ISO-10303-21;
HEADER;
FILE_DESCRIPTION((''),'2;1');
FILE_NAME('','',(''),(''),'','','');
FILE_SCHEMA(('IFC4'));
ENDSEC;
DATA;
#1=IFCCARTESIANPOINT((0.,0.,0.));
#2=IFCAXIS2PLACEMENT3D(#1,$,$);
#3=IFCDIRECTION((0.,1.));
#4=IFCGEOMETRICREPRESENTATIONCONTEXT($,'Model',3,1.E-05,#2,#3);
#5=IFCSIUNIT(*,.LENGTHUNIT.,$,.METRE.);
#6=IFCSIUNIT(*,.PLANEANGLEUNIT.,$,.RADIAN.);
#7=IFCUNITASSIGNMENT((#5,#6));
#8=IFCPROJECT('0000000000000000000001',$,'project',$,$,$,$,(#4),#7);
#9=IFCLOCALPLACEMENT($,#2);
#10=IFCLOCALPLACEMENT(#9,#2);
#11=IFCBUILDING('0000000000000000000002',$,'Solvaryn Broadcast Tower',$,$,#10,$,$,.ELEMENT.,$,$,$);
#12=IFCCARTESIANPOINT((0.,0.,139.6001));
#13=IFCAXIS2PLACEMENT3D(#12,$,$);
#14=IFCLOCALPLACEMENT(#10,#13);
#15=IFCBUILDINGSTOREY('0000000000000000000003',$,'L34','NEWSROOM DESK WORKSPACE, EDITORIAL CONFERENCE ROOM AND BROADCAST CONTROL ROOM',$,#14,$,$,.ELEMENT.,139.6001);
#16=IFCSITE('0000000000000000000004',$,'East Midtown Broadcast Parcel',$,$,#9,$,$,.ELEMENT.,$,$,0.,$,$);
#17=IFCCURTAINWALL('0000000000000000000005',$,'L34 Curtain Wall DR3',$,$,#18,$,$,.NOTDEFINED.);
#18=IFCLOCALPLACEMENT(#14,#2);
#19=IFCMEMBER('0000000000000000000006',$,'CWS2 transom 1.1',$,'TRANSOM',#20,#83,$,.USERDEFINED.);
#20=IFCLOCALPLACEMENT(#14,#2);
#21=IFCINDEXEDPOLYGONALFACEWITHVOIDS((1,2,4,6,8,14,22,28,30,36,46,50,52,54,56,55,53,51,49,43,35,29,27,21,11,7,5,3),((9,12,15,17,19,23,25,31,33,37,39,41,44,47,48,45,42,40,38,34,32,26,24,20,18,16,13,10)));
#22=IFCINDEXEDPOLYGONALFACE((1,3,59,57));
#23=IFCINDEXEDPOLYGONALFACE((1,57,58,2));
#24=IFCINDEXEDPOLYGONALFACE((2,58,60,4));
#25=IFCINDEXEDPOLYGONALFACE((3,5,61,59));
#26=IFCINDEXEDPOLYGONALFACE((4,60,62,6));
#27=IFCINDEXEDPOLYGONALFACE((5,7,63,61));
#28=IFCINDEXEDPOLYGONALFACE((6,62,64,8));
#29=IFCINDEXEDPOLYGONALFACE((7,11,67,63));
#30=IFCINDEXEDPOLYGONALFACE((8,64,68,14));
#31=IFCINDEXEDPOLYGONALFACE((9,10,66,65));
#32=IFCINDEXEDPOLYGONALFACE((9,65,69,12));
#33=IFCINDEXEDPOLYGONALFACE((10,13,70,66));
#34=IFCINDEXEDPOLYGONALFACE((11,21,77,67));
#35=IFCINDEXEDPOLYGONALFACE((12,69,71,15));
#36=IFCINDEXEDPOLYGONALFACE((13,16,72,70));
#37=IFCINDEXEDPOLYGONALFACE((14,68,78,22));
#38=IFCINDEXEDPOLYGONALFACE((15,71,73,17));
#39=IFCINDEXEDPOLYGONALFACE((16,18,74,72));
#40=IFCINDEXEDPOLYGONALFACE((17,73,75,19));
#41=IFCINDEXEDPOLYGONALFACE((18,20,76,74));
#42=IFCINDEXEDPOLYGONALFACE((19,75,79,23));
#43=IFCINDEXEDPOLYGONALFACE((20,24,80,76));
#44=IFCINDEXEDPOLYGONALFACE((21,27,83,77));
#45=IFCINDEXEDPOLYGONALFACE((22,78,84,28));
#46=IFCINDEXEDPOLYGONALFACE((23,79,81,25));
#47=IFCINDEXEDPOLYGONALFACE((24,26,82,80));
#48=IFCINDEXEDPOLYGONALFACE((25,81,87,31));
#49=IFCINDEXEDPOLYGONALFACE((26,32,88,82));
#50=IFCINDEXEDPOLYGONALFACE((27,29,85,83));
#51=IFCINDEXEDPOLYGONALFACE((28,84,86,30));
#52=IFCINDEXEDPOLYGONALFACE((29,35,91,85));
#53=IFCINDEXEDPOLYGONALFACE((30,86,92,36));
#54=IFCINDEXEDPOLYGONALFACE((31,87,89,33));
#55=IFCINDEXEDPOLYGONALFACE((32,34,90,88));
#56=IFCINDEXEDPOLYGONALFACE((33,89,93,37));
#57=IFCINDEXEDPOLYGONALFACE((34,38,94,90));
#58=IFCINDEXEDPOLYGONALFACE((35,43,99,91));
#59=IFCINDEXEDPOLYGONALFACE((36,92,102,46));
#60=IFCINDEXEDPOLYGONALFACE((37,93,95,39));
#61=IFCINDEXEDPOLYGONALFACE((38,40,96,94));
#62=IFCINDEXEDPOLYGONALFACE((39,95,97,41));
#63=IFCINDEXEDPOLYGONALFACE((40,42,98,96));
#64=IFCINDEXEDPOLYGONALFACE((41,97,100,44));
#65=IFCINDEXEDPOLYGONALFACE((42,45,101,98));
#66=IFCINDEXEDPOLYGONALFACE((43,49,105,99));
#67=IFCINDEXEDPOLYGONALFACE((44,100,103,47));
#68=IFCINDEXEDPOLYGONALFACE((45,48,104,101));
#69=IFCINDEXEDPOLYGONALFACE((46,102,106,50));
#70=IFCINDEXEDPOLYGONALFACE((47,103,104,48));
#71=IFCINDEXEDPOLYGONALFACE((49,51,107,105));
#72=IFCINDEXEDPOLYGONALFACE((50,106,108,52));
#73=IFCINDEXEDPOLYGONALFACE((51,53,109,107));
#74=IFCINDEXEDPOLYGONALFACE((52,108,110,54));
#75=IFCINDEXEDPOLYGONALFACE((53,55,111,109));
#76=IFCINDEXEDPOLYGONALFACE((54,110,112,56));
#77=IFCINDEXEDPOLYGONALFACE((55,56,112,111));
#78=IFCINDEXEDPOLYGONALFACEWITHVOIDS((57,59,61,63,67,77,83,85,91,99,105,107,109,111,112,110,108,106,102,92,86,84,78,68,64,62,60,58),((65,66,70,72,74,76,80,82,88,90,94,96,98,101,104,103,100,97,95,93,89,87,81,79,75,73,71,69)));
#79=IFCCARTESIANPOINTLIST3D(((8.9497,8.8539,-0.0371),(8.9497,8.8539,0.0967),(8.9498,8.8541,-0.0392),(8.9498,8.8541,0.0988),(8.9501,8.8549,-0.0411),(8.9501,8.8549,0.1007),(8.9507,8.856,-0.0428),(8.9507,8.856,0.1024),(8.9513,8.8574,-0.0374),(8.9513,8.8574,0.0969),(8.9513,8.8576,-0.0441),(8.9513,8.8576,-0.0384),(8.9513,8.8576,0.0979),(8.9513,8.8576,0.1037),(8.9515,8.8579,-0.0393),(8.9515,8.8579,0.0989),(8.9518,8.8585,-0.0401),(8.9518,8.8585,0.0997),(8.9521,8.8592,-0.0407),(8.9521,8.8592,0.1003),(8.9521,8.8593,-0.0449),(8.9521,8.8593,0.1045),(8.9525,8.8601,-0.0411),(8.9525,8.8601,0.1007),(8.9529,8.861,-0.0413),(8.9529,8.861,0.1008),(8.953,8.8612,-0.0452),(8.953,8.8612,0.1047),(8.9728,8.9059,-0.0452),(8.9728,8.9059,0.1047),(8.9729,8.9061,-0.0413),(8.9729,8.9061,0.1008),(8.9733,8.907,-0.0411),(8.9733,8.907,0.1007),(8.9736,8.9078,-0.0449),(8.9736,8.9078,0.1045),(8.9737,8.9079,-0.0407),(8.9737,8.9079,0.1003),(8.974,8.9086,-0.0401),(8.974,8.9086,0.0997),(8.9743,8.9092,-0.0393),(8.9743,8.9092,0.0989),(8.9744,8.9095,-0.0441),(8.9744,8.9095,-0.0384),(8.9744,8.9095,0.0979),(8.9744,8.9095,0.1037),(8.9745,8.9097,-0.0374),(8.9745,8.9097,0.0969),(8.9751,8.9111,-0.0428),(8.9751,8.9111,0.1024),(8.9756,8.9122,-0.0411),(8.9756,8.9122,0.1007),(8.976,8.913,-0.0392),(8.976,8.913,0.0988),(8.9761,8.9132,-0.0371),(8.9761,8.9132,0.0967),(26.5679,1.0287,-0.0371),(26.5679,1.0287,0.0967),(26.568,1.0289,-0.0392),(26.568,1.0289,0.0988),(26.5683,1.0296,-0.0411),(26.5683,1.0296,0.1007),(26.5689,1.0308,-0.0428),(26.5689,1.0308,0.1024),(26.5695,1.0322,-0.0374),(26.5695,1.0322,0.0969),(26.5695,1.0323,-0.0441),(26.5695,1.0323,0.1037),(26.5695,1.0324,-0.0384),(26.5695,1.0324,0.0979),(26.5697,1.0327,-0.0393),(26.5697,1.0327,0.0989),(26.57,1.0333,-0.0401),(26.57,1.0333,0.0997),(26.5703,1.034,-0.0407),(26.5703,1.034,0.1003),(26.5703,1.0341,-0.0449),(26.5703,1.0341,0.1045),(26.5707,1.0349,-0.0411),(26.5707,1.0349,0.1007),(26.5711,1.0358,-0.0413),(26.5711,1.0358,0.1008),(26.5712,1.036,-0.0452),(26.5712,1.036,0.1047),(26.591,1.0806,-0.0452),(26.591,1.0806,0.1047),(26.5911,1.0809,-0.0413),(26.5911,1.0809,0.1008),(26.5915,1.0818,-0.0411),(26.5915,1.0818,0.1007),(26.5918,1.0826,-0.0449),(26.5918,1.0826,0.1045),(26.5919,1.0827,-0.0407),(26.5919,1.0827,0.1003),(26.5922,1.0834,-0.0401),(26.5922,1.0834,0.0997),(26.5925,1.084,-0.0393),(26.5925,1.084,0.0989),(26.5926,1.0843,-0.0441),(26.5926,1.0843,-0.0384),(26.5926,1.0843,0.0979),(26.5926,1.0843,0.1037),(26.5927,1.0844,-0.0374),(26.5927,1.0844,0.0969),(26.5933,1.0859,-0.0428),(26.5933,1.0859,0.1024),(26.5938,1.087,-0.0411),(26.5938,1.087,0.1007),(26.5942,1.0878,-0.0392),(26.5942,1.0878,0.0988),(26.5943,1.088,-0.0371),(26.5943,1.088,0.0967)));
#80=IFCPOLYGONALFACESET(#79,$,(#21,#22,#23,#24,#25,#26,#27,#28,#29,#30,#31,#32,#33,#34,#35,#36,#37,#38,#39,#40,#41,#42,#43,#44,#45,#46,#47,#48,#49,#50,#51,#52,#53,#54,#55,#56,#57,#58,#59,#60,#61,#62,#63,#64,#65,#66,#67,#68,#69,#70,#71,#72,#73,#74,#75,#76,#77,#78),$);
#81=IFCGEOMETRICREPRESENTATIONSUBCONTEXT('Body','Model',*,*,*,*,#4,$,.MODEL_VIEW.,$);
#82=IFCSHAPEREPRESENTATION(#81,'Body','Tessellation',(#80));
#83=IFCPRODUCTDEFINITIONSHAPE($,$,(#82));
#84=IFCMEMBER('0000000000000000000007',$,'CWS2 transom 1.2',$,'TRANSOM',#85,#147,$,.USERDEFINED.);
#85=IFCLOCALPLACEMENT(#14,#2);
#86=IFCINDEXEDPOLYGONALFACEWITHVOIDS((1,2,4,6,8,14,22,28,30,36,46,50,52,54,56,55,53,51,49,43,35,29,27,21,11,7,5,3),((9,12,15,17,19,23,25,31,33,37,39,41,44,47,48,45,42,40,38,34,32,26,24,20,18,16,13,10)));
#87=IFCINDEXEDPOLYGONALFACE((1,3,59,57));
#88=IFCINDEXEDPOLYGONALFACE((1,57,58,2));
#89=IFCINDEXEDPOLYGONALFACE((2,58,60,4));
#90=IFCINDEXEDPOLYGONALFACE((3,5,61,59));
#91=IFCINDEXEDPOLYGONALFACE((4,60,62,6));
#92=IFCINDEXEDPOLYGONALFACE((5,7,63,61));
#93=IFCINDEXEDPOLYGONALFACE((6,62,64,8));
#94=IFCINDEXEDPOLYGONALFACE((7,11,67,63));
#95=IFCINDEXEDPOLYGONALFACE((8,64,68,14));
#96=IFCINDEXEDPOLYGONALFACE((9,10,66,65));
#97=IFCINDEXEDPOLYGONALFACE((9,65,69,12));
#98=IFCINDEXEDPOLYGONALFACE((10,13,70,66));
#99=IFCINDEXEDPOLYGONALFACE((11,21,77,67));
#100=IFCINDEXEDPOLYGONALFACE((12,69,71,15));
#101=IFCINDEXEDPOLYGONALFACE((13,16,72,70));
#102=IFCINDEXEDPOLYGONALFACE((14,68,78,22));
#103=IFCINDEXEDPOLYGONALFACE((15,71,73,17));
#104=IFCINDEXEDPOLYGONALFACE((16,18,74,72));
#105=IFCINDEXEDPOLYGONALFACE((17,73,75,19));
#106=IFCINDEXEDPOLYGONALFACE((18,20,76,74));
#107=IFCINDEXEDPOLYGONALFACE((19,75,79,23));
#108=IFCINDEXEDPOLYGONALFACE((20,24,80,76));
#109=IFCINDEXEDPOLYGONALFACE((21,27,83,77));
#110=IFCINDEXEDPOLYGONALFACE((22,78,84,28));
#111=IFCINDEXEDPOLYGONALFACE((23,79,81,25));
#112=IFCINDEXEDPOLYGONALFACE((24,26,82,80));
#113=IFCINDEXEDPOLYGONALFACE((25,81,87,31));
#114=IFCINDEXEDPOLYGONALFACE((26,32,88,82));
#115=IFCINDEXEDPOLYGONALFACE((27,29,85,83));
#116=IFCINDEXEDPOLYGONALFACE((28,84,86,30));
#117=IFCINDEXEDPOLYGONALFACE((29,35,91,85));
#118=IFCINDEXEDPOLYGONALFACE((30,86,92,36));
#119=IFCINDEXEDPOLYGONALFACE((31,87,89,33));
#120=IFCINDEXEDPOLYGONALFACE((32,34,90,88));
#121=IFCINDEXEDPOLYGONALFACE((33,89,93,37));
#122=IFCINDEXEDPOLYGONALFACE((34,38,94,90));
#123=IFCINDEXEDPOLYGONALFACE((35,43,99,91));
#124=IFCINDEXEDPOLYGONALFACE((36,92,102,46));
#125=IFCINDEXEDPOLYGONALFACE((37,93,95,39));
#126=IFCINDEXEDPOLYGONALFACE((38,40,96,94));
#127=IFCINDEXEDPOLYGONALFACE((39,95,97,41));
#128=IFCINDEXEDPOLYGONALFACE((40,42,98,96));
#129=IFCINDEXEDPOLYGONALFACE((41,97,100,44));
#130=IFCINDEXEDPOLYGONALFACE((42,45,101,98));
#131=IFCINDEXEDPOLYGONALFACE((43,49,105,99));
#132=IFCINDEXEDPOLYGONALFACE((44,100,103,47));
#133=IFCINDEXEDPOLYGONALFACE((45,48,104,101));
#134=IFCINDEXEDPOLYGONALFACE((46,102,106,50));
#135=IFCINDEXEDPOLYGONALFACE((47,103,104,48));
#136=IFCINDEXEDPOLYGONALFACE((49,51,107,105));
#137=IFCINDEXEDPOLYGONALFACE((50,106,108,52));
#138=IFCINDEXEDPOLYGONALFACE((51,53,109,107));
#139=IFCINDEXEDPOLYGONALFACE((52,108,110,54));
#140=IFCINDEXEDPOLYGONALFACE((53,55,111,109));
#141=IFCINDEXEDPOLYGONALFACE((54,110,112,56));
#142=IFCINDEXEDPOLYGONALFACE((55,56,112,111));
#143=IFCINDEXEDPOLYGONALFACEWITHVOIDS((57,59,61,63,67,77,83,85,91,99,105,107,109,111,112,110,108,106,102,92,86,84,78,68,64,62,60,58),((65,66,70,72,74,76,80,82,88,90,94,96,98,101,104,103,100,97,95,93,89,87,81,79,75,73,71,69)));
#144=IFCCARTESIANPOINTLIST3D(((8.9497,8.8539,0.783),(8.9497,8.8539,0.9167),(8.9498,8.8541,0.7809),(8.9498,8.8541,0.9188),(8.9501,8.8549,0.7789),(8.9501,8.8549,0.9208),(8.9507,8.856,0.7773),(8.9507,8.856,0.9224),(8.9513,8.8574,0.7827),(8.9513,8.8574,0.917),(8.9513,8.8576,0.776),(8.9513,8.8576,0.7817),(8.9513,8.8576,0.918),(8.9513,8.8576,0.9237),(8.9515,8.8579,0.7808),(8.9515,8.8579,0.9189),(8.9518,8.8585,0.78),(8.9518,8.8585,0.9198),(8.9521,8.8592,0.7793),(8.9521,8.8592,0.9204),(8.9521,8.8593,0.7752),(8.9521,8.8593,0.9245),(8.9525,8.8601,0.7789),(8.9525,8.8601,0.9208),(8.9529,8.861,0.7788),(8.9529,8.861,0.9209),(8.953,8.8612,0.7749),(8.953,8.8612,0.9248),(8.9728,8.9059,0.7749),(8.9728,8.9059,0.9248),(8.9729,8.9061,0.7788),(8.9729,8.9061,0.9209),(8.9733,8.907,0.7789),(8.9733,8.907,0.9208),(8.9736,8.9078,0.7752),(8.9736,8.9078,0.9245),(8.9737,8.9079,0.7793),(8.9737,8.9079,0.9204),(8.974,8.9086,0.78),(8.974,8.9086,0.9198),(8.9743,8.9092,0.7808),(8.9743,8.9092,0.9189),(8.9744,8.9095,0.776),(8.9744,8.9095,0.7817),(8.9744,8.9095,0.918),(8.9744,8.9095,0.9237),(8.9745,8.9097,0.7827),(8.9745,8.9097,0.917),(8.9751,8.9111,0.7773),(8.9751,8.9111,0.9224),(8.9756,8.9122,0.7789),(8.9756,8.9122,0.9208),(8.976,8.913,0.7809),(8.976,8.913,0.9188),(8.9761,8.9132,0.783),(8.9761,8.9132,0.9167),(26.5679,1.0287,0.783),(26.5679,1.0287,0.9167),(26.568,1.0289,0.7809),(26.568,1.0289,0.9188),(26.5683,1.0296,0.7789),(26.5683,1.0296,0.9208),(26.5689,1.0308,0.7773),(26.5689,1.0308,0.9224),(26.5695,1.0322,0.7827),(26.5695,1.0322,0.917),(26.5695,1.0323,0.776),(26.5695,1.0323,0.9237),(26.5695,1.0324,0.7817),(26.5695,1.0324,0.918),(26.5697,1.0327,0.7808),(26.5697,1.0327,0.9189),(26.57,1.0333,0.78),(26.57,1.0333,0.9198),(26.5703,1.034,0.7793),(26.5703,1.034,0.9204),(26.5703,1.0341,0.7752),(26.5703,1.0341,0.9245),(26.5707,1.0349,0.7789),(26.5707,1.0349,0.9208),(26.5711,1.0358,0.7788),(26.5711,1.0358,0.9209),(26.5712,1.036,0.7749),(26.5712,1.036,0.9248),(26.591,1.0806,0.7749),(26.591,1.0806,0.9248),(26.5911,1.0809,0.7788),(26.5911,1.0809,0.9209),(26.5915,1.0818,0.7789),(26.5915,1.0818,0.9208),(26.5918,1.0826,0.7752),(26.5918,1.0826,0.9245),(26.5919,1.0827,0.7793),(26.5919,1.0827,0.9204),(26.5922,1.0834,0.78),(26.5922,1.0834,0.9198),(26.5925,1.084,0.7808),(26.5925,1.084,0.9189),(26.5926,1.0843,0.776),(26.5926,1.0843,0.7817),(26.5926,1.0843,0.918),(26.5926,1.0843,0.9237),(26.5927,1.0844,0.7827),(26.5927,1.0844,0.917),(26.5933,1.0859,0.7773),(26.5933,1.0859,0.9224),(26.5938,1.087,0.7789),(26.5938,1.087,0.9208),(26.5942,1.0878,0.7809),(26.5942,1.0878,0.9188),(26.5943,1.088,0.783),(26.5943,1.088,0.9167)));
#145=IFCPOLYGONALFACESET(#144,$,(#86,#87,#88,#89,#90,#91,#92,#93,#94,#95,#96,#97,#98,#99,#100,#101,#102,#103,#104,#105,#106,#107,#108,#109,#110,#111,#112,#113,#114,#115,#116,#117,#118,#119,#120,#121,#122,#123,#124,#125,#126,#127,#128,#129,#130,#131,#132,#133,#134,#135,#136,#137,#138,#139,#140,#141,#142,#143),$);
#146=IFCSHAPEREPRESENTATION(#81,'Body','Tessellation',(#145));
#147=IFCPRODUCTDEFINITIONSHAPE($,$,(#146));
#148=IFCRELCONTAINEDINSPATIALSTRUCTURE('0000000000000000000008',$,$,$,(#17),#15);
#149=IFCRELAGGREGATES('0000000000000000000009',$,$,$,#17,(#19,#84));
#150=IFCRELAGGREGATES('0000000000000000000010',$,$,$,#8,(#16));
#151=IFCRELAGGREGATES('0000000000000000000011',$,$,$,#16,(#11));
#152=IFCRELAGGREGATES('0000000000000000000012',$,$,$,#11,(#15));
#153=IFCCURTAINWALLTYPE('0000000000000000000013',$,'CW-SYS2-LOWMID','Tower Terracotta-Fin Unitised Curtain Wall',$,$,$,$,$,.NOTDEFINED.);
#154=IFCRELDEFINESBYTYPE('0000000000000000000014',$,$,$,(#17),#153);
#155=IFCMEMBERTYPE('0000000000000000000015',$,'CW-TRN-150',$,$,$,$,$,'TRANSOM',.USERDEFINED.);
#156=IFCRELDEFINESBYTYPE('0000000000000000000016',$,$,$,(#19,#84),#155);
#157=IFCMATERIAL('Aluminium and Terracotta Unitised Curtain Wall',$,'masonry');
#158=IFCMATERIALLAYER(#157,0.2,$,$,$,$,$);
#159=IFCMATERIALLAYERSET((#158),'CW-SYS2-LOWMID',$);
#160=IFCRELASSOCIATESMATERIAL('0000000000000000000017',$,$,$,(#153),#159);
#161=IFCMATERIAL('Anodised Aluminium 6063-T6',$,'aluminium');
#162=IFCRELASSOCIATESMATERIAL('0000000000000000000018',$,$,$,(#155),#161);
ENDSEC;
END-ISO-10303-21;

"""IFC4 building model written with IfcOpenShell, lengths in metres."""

from ifc_helpers import new_model, si_unit, direction, frame, origin, origin_2d, place, context, subcontext, project, spatial, hollow_rectangle, extrude, material, layer, layer_set, material_profile, profile_set, type_object, element, aggregate, save


model = new_model("IFC4")

# Units and contexts
model_context = context("Model", 3, precision=1e-05, world=origin(), true_north=direction((0.0, 1.0)))
body_context = subcontext(model_context, "Body", "Model", "MODEL_VIEW")
ifc_project = project(units=[si_unit("LENGTHUNIT", "METRE"), si_unit("PLANEANGLEUNIT", "RADIAN")], contexts=[model_context])

# Site, building, storey
site_placement = place(None, origin())
site = spatial("IfcSite", under=ifc_project, at=site_placement, Name="East Midtown Broadcast Parcel", CompositionType="ELEMENT", RefElevation=0.0)
building_placement = place(site_placement, origin())
building = spatial("IfcBuilding", under=site, at=building_placement, Name="Solvaryn Broadcast Tower", CompositionType="ELEMENT")
storey_placement = place(building_placement, frame((0.0, 0.0, 139.6001)))
storey = spatial("IfcBuildingStorey", under=building, at=storey_placement, Name="L34", Description="NEWSROOM DESK WORKSPACE, EDITORIAL CONFERENCE ROOM AND BROADCAST CONTROL ROOM", CompositionType="ELEMENT", Elevation=139.6001)

# Curtain wall, members
ifc_material_1 = material(Name="Aluminium and Terracotta Unitised Curtain Wall", Category="masonry")
ifc_layer_1 = layer(ifc_material_1, 0.2)
ifc_layer_set_1 = layer_set([ifc_layer_1], Name="CW-SYS2-LOWMID")
curtain_wall_type_1 = type_object("IfcCurtainWallType", Name="CW-SYS2-LOWMID", Description="Tower Terracotta-Fin Unitised Curtain Wall", PredefinedType="NOTDEFINED", material=ifc_layer_set_1)
curtain_wall_1_placement = place(storey_placement, origin())
curtain_wall_1 = element("IfcCurtainWall", 1, at=curtain_wall_1_placement, inside=storey, type_object=curtain_wall_type_1, Name="L34 Curtain Wall DR3", PredefinedType="NOTDEFINED")
ifc_material_2 = material(Name="Anodised Aluminium 6063-T6", Category="aluminium")
ifc_material_profile_1 = material_profile(ifc_material_2, hollow_rectangle(XDim=0.0649, YDim=0.1499, WallThickness=0.0039, InnerFilletRadius=0.0039, OuterFilletRadius=0.0081, at=origin_2d()))
ifc_profile_set_1 = profile_set([ifc_material_profile_1], Name="Anodised Aluminium 6063-T6")
member_type_1 = type_object("IfcMemberType", Name="CW-TRN-150", ElementType="TRANSOM", PredefinedType="USERDEFINED", material=ifc_profile_set_1)
member_1_placement = place(storey_placement, frame((8.9629, 8.8835, 0.0298), z_axis=(0.91391, -0.405918, 0.0), x_axis=(0.405918, 0.91391, 0.0)))
member_1 = element("IfcMember", 2, at=member_1_placement, type_object=member_type_1, Name="CWS2 transom 1.1", ObjectType="TRANSOM", PredefinedType="USERDEFINED", context=body_context, shape_type="SweptSolid", body=[
    extrude(hollow_rectangle(XDim=0.0649, YDim=0.1499, WallThickness=0.0039, InnerFilletRadius=0.0039, OuterFilletRadius=0.0081, at=origin_2d()), origin(), (0.0, 0.0, 1.0), 19.2778),
])
member_2_placement = place(storey_placement, frame((8.9629, 8.8835, 0.8499), z_axis=(0.91391, -0.405918, 0.0), x_axis=(0.405918, 0.91391, 0.0)))
member_2 = element("IfcMember", 3, at=member_2_placement, type_object=member_type_1, Name="CWS2 transom 1.2", ObjectType="TRANSOM", PredefinedType="USERDEFINED", context=body_context, shape_type="SweptSolid", body=[
    extrude(hollow_rectangle(XDim=0.0649, YDim=0.1499, WallThickness=0.0039, InnerFilletRadius=0.0039, OuterFilletRadius=0.0081, at=origin_2d()), origin(), (0.0, 0.0, 1.0), 19.2778),
])
aggregate(curtain_wall_1, [member_1, member_2])

save(model, "model.ifc")
